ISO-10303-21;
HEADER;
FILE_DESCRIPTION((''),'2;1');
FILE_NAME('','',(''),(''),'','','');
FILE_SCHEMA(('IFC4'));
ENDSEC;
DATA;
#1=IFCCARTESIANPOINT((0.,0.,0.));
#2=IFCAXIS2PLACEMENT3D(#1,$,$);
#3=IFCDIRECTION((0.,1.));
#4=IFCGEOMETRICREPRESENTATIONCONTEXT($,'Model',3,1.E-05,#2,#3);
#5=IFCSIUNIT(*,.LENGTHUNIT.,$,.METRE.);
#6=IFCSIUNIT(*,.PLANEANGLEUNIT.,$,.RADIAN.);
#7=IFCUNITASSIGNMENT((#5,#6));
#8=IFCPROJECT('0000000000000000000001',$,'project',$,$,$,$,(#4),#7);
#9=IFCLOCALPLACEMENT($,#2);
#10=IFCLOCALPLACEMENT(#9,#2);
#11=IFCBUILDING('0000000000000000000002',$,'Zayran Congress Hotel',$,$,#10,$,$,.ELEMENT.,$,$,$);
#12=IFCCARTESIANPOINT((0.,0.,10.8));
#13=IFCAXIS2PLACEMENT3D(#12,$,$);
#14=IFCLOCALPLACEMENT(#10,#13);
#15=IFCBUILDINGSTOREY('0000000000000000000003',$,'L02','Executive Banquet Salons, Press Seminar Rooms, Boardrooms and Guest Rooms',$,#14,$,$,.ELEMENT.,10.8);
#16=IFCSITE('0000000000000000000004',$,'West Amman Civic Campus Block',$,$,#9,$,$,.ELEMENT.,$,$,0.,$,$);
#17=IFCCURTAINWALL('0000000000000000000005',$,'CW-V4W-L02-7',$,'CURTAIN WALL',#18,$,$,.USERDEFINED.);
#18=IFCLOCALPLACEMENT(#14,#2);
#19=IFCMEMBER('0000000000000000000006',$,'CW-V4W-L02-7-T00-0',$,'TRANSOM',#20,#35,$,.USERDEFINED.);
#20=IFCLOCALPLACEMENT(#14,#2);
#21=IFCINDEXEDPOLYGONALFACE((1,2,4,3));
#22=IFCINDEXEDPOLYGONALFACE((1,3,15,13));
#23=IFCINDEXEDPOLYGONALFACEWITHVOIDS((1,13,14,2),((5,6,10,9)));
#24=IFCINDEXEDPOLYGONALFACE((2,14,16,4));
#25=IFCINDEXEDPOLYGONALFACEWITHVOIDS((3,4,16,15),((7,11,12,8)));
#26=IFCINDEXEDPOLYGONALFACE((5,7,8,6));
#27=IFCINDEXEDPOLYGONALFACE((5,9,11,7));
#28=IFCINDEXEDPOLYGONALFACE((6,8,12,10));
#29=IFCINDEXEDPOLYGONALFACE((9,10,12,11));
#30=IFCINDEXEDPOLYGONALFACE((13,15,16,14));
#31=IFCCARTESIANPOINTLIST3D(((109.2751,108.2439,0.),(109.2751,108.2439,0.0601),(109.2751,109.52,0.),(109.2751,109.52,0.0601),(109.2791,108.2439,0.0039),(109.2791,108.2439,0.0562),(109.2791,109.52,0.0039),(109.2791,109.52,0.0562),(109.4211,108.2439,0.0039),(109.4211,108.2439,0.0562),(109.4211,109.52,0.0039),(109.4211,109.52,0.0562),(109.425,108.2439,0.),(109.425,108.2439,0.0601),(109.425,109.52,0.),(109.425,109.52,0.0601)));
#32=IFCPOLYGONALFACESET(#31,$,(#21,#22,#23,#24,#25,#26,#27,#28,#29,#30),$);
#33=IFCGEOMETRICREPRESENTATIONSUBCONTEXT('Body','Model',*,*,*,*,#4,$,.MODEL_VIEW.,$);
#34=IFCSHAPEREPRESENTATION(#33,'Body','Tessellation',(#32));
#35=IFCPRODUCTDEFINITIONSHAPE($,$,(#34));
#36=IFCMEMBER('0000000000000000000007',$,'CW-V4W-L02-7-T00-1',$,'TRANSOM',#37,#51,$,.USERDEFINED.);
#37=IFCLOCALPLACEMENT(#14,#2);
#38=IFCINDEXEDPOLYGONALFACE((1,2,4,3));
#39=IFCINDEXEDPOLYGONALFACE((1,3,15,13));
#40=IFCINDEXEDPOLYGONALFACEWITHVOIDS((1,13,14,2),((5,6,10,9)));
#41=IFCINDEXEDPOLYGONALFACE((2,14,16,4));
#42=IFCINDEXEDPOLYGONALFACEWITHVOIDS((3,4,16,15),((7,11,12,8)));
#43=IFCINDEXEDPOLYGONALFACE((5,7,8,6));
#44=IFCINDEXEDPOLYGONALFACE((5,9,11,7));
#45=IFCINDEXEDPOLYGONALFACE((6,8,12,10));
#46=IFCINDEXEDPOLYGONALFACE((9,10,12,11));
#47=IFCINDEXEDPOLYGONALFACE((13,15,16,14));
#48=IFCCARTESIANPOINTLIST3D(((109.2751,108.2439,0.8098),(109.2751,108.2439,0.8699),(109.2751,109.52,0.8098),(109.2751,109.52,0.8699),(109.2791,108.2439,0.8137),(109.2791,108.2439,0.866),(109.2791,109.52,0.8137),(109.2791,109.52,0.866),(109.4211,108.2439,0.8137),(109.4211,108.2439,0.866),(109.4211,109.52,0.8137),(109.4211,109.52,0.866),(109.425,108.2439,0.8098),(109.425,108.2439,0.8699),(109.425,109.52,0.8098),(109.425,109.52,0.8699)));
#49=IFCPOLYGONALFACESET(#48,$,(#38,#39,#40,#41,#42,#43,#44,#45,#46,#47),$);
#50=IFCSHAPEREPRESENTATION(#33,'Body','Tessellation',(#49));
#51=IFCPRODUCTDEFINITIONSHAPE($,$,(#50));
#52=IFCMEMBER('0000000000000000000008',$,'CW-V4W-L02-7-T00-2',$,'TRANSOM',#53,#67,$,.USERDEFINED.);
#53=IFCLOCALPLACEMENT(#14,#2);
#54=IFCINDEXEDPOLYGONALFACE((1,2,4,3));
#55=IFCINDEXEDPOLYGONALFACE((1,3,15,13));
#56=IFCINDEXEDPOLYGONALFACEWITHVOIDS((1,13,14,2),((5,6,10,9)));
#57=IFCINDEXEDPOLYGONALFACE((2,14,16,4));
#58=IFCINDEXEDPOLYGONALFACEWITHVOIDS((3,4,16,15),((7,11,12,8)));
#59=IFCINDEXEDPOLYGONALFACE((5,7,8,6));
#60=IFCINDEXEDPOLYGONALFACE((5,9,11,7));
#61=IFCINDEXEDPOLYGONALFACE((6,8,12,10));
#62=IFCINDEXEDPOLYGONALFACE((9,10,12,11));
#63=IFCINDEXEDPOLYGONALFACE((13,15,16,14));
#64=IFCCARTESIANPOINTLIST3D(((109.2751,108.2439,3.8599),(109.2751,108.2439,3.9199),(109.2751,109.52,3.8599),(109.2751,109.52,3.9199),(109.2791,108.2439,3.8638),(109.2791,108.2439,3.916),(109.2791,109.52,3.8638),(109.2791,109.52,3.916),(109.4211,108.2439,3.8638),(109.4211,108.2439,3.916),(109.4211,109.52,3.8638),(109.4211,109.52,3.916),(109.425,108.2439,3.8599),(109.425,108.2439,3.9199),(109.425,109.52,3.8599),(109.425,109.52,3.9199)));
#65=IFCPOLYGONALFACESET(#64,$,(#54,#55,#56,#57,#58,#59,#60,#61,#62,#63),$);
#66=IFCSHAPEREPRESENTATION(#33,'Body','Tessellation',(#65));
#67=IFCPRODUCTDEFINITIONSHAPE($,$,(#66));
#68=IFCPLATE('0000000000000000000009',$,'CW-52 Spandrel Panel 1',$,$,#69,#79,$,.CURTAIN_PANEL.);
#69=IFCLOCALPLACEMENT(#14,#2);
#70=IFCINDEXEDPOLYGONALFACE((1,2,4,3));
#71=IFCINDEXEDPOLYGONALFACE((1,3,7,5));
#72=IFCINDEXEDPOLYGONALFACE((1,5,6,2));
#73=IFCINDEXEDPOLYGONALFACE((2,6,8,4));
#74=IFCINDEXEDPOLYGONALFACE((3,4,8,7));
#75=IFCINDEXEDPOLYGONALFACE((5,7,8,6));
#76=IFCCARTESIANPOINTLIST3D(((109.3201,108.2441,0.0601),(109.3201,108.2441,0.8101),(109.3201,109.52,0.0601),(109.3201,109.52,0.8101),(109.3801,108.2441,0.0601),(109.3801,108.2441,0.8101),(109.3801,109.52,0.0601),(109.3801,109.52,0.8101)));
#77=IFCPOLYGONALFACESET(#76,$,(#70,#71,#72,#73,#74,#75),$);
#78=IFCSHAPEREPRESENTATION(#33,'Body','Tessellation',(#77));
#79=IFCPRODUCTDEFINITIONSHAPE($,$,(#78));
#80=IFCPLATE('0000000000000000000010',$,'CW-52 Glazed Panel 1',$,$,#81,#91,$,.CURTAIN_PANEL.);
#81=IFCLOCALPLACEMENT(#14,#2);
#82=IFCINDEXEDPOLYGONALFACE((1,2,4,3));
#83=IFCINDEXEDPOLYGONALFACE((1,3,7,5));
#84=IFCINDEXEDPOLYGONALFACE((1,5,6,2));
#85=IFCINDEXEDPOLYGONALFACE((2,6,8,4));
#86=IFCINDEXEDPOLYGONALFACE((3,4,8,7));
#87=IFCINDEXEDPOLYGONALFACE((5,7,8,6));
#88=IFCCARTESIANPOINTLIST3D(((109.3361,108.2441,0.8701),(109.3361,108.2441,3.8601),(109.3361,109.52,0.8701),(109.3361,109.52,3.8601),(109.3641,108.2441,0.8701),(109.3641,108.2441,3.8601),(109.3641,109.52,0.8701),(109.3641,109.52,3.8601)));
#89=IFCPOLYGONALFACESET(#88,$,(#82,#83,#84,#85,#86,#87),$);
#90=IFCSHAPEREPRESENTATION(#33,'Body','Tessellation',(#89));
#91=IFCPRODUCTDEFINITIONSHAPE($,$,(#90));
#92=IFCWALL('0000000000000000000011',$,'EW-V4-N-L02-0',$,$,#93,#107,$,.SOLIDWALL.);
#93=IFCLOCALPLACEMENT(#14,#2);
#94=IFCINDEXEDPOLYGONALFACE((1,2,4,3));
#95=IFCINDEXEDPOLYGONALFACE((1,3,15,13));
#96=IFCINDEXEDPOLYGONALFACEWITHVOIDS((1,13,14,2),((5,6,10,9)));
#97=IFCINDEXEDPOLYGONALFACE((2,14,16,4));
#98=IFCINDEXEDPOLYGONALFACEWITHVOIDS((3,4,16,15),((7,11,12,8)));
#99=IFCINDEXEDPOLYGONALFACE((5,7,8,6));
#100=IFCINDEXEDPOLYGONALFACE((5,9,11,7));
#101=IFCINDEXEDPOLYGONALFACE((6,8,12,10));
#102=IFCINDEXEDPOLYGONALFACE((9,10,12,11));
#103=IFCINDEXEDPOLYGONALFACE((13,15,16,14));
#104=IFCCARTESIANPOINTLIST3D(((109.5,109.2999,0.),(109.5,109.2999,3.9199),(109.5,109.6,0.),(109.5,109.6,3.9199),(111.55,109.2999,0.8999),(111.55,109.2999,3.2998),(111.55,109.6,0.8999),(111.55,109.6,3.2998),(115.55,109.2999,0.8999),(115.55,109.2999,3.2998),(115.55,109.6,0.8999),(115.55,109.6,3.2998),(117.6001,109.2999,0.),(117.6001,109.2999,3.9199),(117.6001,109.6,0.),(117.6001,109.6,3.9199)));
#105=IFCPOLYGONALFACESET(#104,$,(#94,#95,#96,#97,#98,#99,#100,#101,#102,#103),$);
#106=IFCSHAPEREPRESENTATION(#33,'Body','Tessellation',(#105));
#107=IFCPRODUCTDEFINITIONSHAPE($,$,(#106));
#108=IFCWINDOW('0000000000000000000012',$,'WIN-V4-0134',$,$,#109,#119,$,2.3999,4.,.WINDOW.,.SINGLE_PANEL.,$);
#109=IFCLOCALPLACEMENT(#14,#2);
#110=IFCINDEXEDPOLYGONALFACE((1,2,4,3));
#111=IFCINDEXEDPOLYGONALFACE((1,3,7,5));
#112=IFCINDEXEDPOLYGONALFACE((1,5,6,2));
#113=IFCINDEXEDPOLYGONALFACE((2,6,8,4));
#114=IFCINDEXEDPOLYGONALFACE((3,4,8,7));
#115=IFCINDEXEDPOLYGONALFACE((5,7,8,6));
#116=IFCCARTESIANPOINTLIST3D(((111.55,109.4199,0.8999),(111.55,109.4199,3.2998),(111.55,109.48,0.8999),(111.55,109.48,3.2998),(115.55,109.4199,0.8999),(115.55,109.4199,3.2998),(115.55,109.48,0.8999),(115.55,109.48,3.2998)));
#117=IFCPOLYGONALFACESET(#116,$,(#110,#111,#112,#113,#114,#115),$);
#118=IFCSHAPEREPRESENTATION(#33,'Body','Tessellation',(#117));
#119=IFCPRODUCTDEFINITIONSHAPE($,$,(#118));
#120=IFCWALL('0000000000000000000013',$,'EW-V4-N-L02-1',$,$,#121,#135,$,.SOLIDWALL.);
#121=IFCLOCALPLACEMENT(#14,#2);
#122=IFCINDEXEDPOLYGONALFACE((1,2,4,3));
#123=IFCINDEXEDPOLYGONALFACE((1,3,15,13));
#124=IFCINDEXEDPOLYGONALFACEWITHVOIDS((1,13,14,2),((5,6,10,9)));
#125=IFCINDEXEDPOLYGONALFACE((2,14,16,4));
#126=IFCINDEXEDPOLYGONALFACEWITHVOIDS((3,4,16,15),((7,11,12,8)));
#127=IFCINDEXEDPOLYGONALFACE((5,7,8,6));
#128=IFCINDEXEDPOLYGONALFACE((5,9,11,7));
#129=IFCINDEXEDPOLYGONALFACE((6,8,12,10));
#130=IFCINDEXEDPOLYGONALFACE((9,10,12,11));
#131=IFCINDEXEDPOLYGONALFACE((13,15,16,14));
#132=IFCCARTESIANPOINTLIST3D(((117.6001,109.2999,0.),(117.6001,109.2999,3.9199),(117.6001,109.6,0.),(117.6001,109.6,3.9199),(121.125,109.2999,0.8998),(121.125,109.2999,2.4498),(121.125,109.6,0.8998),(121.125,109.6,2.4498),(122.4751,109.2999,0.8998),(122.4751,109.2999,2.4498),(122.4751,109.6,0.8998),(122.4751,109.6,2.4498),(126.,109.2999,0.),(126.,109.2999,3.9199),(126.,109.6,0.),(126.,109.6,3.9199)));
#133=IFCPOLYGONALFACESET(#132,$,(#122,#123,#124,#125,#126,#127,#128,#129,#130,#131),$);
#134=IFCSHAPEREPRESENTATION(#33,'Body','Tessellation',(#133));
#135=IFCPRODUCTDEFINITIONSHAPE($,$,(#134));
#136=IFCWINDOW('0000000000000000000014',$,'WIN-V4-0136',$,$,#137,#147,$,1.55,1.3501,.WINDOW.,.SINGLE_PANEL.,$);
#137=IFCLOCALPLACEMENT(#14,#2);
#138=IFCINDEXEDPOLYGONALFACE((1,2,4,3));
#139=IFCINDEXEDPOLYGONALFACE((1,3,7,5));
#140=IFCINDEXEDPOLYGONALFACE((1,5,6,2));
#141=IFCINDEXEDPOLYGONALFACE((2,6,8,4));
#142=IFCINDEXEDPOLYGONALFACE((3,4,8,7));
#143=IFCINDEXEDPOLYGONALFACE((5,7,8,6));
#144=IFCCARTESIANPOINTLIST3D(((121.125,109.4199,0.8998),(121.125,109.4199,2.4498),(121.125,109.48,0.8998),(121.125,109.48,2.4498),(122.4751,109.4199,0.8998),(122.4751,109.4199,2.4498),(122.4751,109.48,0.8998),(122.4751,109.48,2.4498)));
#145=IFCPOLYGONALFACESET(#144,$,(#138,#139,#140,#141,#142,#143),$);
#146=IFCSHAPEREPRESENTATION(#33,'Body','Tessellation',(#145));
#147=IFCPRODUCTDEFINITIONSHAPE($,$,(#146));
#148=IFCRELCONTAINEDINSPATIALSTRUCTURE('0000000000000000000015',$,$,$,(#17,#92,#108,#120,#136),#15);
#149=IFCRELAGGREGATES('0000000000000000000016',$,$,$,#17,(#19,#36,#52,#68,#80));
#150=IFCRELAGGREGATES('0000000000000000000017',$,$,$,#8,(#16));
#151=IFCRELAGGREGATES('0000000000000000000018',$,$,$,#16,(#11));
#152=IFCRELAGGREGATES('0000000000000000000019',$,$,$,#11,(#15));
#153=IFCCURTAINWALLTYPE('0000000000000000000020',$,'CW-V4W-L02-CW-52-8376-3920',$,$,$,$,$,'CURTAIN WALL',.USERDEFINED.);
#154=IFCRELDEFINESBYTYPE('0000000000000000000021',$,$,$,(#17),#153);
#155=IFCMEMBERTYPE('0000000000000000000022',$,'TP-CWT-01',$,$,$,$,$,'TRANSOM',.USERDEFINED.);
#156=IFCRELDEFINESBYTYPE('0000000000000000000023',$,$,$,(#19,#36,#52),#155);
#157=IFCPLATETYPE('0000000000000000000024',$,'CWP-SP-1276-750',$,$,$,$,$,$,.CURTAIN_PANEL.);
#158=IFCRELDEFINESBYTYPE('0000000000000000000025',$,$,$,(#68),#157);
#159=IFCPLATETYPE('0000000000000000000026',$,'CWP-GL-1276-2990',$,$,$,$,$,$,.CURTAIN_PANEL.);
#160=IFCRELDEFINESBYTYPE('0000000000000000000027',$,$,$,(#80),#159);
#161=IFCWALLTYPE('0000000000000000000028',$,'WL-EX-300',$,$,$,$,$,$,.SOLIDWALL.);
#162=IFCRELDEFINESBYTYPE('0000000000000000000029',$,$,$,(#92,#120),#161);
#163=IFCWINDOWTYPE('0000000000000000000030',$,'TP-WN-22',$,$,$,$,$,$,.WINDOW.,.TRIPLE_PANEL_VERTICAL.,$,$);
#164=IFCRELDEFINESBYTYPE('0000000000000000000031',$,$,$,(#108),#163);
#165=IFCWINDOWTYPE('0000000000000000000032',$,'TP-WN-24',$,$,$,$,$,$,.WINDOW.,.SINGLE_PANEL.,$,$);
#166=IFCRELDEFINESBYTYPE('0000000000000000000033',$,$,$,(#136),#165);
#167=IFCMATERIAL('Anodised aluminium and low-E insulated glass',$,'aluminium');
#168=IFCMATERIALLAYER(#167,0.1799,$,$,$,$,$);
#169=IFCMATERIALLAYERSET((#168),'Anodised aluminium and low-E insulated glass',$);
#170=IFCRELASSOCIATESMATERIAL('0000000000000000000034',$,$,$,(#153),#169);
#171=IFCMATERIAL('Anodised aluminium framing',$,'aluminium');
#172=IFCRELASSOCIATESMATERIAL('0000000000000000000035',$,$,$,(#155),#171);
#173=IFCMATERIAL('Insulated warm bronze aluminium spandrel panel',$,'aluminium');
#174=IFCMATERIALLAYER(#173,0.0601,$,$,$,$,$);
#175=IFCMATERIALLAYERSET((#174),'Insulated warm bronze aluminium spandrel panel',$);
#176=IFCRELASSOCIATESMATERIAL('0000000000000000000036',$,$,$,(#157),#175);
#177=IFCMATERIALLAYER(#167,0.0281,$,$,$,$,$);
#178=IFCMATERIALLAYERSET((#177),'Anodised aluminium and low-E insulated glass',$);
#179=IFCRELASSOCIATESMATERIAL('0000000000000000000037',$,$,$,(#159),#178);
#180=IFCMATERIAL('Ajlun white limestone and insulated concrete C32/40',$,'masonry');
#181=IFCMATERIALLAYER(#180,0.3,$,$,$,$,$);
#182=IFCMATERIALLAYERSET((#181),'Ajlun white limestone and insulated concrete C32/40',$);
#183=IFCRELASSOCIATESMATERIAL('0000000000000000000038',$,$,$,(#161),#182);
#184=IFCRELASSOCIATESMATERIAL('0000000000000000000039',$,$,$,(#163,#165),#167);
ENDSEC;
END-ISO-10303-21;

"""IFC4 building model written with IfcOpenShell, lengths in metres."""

from ifc_helpers import new_model, si_unit, direction, frame, frame_2d, origin, origin_2d, place, context, subcontext, project, spatial, rectangle, hollow_rectangle, extrude, material, layer, layer_set, material_profile, profile_set, type_object, element, fill, aggregate, save


model = new_model("IFC4")

# Units and contexts
model_context = context("Model", 3, precision=1e-05, world=origin(), true_north=direction((0.0, 1.0)))
body_context = subcontext(model_context, "Body", "Model", "MODEL_VIEW")
ifc_project = project(units=[si_unit("LENGTHUNIT", "METRE"), si_unit("PLANEANGLEUNIT", "RADIAN")], contexts=[model_context])

# Site, building, storey
site_placement = place(None, origin())
site = spatial("IfcSite", under=ifc_project, at=site_placement, Name="West Amman Civic Campus Block", CompositionType="ELEMENT", RefElevation=0.0)
building_placement = place(site_placement, origin())
building = spatial("IfcBuilding", under=site, at=building_placement, Name="Zayran Congress Hotel", CompositionType="ELEMENT")
storey_placement = place(building_placement, frame((0.0, 0.0, 10.8)))
storey = spatial("IfcBuildingStorey", under=building, at=storey_placement, Name="L02", Description="Executive Banquet Salons, Press Seminar Rooms, Boardrooms and Guest Rooms", CompositionType="ELEMENT", Elevation=10.8)

# Curtain wall, members, plates
ifc_material_1 = material(Name="Anodised aluminium and low-E insulated glass", Category="aluminium")
ifc_layer_1 = layer(ifc_material_1, 0.1799)
ifc_layer_set_1 = layer_set([ifc_layer_1], Name="Anodised aluminium and low-E insulated glass")
curtain_wall_type = type_object("IfcCurtainWallType", Name="CW-V4W-L02-CW-52-8376-3920", ElementType="CURTAIN WALL", PredefinedType="USERDEFINED", material=ifc_layer_set_1)
curtain_wall_placement = place(storey_placement, origin())
curtain_wall = element("IfcCurtainWall", 1, at=curtain_wall_placement, inside=storey, type_object=curtain_wall_type, Name="CW-V4W-L02-7", ObjectType="CURTAIN WALL", PredefinedType="USERDEFINED")
ifc_material_2 = material(Name="Anodised aluminium framing", Category="aluminium")
ifc_material_profile_1 = material_profile(ifc_material_2, hollow_rectangle(XDim=0.0601, YDim=0.1499, WallThickness=0.0039, at=origin_2d()), Name="RHS 150x60x4")
ifc_profile_set_1 = profile_set([ifc_material_profile_1], Name="Anodised aluminium framing")
member_type_1 = type_object("IfcMemberType", Name="TP-CWT-01", ElementType="TRANSOM", PredefinedType="USERDEFINED", material=ifc_profile_set_1)
member_1_placement = place(storey_placement, frame((109.3501, 109.52, 0.03), z_axis=(0.0, -1.0, 0.0), x_axis=(0.0, 0.0, 1.0)))
member_1 = element("IfcMember", 2, at=member_1_placement, type_object=member_type_1, Name="CW-V4W-L02-7-T00-0", ObjectType="TRANSOM", PredefinedType="USERDEFINED", context=body_context, shape_type="SweptSolid", body=[
    extrude(hollow_rectangle(XDim=0.0601, YDim=0.1499, WallThickness=0.0039, at=origin_2d()), origin(), (0.0, 0.0, 1.0), 1.2761),
])
member_2_placement = place(storey_placement, frame((109.3501, 109.52, 0.8398), z_axis=(0.0, -1.0, 0.0), x_axis=(0.0, 0.0, 1.0)))
member_2 = element("IfcMember", 3, at=member_2_placement, type_object=member_type_1, Name="CW-V4W-L02-7-T00-1", ObjectType="TRANSOM", PredefinedType="USERDEFINED", context=body_context, shape_type="SweptSolid", body=[
    extrude(hollow_rectangle(XDim=0.0601, YDim=0.1499, WallThickness=0.0039, at=origin_2d()), origin(), (0.0, 0.0, 1.0), 1.2761),
])
member_3_placement = place(storey_placement, frame((109.3501, 109.52, 3.8899), z_axis=(0.0, -1.0, 0.0), x_axis=(0.0, 0.0, 1.0)))
member_3 = element("IfcMember", 4, at=member_3_placement, type_object=member_type_1, Name="CW-V4W-L02-7-T00-2", ObjectType="TRANSOM", PredefinedType="USERDEFINED", context=body_context, shape_type="SweptSolid", body=[
    extrude(hollow_rectangle(XDim=0.0601, YDim=0.1499, WallThickness=0.0039, at=origin_2d()), origin(), (0.0, 0.0, 1.0), 1.2761),
])
ifc_material_3 = material(Name="Insulated warm bronze aluminium spandrel panel", Category="aluminium")
ifc_layer_2 = layer(ifc_material_3, 0.0601)
ifc_layer_set_2 = layer_set([ifc_layer_2], Name="Insulated warm bronze aluminium spandrel panel")
plate_type_1 = type_object("IfcPlateType", Name="CWP-SP-1276-750", PredefinedType="CURTAIN_PANEL", material=ifc_layer_set_2)
plate_1_placement = place(storey_placement, frame((109.3501, 108.8821, 0.0601), z_axis=(0.0, 0.0, 1.0), x_axis=(0.0, 1.0, 0.0)))
plate_1 = element("IfcPlate", 5, at=plate_1_placement, type_object=plate_type_1, Name="CW-52 Spandrel Panel 1", PredefinedType="CURTAIN_PANEL", context=body_context, shape_type="SweptSolid", body=[
    extrude(rectangle(XDim=1.2759, YDim=0.0601, at=origin_2d()), origin(), (0.0, 0.0, 1.0), 0.75),
])
ifc_layer_3 = layer(ifc_material_1, 0.0281)
ifc_layer_set_3 = layer_set([ifc_layer_3], Name="Anodised aluminium and low-E insulated glass")
plate_type_2 = type_object("IfcPlateType", Name="CWP-GL-1276-2990", PredefinedType="CURTAIN_PANEL", material=ifc_layer_set_3)
plate_2_placement = place(storey_placement, frame((109.3501, 108.8821, 0.8701), z_axis=(0.0, 0.0, 1.0), x_axis=(0.0, 1.0, 0.0)))
plate_2 = element("IfcPlate", 6, at=plate_2_placement, type_object=plate_type_2, Name="CW-52 Glazed Panel 1", PredefinedType="CURTAIN_PANEL", context=body_context, shape_type="SweptSolid", body=[
    extrude(rectangle(XDim=1.2759, YDim=0.0281, at=origin_2d()), origin(), (0.0, 0.0, 1.0), 2.99),
])
aggregate(curtain_wall, [member_1, member_2, member_3, plate_1, plate_2])

# Walls, openings, windows
ifc_material_4 = material(Name="Ajlun white limestone and insulated concrete C32/40", Category="masonry")
ifc_layer_4 = layer(ifc_material_4, 0.3)
ifc_layer_set_4 = layer_set([ifc_layer_4], Name="Ajlun white limestone and insulated concrete C32/40")
wall_type_1 = type_object("IfcWallType", Name="WL-EX-300", PredefinedType="SOLIDWALL", material=ifc_layer_set_4)
wall_1_placement = place(storey_placement, frame((109.5, 109.45, 0.0), z_axis=(0.0, 0.0, 1.0), x_axis=(1.0, 0.0, 0.0)))
wall_1 = element("IfcWall", 7, at=wall_1_placement, inside=storey, type_object=wall_type_1, Name="EW-V4-N-L02-0", PredefinedType="SOLIDWALL", context=body_context, shape_type="SweptSolid", body=[
    extrude(rectangle(XDim=8.1001, YDim=0.3, at=frame_2d((4.05, 0.0))), origin(), (0.0, 0.0, 1.0), 3.9199),
])
opening_1_placement = place(wall_1_placement, frame((2.05, 0.0, 0.8999)))
opening_1 = element("IfcOpeningElement", 8, at=opening_1_placement, cuts=wall_1, PredefinedType="OPENING", context=body_context, shape_type="SweptSolid", body=[
    extrude(rectangle(XDim=4.0, YDim=2.3999, at=frame_2d((2.0, 1.2))), frame((0.0, 0.1599, 0.0), z_axis=(0.0, -1.0, 0.0), x_axis=(1.0, 0.0, 0.0)), (0.0, 0.0, 1.0), 0.3201),
])
window_type_1 = type_object("IfcWindowType", Name="TP-WN-22", PartitioningType="TRIPLE_PANEL_VERTICAL", PredefinedType="WINDOW", material=ifc_material_1)
window_1_placement = place(opening_1_placement, origin())
window_1 = element("IfcWindow", 9, at=window_1_placement, inside=storey, type_object=window_type_1, Name="WIN-V4-0134", OverallHeight=2.3999, OverallWidth=4.0, PartitioningType="SINGLE_PANEL", PredefinedType="WINDOW", context=body_context, shape_type="SweptSolid", body=[
    extrude(rectangle(XDim=4.0, YDim=2.3999, at=frame_2d((2.0, 1.2))), frame((0.0, 0.03, 0.0), z_axis=(0.0, -1.0, 0.0), x_axis=(1.0, 0.0, 0.0)), (0.0, 0.0, 1.0), 0.0601),
])
fill(opening_1, window_1)
wall_2_placement = place(storey_placement, frame((117.6001, 109.45, 0.0), z_axis=(0.0, 0.0, 1.0), x_axis=(1.0, 0.0, 0.0)))
wall_2 = element("IfcWall", 10, at=wall_2_placement, inside=storey, type_object=wall_type_1, Name="EW-V4-N-L02-1", PredefinedType="SOLIDWALL", context=body_context, shape_type="SweptSolid", body=[
    extrude(rectangle(XDim=8.3999, YDim=0.3, at=frame_2d((4.2, 0.0))), origin(), (0.0, 0.0, 1.0), 3.9199),
])
opening_2_placement = place(wall_2_placement, frame((3.5249, 0.0, 0.8999)))
opening_2 = element("IfcOpeningElement", 11, at=opening_2_placement, cuts=wall_2, PredefinedType="OPENING", context=body_context, shape_type="SweptSolid", body=[
    extrude(rectangle(XDim=1.3501, YDim=1.55, at=frame_2d((0.675, 0.7749))), frame((0.0, 0.1599, 0.0), z_axis=(0.0, -1.0, 0.0), x_axis=(1.0, 0.0, 0.0)), (0.0, 0.0, 1.0), 0.3201),
])
window_type_2 = type_object("IfcWindowType", Name="TP-WN-24", PartitioningType="SINGLE_PANEL", PredefinedType="WINDOW", material=ifc_material_1)
window_2_placement = place(opening_2_placement, origin())
window_2 = element("IfcWindow", 12, at=window_2_placement, inside=storey, type_object=window_type_2, Name="WIN-V4-0136", OverallHeight=1.55, OverallWidth=1.3501, PartitioningType="SINGLE_PANEL", PredefinedType="WINDOW", context=body_context, shape_type="SweptSolid", body=[
    extrude(rectangle(XDim=1.3501, YDim=1.55, at=frame_2d((0.675, 0.7749))), frame((0.0, 0.03, 0.0), z_axis=(0.0, -1.0, 0.0), x_axis=(1.0, 0.0, 0.0)), (0.0, 0.0, 1.0), 0.0601),
])
fill(opening_2, window_2)

save(model, "model.ifc")
